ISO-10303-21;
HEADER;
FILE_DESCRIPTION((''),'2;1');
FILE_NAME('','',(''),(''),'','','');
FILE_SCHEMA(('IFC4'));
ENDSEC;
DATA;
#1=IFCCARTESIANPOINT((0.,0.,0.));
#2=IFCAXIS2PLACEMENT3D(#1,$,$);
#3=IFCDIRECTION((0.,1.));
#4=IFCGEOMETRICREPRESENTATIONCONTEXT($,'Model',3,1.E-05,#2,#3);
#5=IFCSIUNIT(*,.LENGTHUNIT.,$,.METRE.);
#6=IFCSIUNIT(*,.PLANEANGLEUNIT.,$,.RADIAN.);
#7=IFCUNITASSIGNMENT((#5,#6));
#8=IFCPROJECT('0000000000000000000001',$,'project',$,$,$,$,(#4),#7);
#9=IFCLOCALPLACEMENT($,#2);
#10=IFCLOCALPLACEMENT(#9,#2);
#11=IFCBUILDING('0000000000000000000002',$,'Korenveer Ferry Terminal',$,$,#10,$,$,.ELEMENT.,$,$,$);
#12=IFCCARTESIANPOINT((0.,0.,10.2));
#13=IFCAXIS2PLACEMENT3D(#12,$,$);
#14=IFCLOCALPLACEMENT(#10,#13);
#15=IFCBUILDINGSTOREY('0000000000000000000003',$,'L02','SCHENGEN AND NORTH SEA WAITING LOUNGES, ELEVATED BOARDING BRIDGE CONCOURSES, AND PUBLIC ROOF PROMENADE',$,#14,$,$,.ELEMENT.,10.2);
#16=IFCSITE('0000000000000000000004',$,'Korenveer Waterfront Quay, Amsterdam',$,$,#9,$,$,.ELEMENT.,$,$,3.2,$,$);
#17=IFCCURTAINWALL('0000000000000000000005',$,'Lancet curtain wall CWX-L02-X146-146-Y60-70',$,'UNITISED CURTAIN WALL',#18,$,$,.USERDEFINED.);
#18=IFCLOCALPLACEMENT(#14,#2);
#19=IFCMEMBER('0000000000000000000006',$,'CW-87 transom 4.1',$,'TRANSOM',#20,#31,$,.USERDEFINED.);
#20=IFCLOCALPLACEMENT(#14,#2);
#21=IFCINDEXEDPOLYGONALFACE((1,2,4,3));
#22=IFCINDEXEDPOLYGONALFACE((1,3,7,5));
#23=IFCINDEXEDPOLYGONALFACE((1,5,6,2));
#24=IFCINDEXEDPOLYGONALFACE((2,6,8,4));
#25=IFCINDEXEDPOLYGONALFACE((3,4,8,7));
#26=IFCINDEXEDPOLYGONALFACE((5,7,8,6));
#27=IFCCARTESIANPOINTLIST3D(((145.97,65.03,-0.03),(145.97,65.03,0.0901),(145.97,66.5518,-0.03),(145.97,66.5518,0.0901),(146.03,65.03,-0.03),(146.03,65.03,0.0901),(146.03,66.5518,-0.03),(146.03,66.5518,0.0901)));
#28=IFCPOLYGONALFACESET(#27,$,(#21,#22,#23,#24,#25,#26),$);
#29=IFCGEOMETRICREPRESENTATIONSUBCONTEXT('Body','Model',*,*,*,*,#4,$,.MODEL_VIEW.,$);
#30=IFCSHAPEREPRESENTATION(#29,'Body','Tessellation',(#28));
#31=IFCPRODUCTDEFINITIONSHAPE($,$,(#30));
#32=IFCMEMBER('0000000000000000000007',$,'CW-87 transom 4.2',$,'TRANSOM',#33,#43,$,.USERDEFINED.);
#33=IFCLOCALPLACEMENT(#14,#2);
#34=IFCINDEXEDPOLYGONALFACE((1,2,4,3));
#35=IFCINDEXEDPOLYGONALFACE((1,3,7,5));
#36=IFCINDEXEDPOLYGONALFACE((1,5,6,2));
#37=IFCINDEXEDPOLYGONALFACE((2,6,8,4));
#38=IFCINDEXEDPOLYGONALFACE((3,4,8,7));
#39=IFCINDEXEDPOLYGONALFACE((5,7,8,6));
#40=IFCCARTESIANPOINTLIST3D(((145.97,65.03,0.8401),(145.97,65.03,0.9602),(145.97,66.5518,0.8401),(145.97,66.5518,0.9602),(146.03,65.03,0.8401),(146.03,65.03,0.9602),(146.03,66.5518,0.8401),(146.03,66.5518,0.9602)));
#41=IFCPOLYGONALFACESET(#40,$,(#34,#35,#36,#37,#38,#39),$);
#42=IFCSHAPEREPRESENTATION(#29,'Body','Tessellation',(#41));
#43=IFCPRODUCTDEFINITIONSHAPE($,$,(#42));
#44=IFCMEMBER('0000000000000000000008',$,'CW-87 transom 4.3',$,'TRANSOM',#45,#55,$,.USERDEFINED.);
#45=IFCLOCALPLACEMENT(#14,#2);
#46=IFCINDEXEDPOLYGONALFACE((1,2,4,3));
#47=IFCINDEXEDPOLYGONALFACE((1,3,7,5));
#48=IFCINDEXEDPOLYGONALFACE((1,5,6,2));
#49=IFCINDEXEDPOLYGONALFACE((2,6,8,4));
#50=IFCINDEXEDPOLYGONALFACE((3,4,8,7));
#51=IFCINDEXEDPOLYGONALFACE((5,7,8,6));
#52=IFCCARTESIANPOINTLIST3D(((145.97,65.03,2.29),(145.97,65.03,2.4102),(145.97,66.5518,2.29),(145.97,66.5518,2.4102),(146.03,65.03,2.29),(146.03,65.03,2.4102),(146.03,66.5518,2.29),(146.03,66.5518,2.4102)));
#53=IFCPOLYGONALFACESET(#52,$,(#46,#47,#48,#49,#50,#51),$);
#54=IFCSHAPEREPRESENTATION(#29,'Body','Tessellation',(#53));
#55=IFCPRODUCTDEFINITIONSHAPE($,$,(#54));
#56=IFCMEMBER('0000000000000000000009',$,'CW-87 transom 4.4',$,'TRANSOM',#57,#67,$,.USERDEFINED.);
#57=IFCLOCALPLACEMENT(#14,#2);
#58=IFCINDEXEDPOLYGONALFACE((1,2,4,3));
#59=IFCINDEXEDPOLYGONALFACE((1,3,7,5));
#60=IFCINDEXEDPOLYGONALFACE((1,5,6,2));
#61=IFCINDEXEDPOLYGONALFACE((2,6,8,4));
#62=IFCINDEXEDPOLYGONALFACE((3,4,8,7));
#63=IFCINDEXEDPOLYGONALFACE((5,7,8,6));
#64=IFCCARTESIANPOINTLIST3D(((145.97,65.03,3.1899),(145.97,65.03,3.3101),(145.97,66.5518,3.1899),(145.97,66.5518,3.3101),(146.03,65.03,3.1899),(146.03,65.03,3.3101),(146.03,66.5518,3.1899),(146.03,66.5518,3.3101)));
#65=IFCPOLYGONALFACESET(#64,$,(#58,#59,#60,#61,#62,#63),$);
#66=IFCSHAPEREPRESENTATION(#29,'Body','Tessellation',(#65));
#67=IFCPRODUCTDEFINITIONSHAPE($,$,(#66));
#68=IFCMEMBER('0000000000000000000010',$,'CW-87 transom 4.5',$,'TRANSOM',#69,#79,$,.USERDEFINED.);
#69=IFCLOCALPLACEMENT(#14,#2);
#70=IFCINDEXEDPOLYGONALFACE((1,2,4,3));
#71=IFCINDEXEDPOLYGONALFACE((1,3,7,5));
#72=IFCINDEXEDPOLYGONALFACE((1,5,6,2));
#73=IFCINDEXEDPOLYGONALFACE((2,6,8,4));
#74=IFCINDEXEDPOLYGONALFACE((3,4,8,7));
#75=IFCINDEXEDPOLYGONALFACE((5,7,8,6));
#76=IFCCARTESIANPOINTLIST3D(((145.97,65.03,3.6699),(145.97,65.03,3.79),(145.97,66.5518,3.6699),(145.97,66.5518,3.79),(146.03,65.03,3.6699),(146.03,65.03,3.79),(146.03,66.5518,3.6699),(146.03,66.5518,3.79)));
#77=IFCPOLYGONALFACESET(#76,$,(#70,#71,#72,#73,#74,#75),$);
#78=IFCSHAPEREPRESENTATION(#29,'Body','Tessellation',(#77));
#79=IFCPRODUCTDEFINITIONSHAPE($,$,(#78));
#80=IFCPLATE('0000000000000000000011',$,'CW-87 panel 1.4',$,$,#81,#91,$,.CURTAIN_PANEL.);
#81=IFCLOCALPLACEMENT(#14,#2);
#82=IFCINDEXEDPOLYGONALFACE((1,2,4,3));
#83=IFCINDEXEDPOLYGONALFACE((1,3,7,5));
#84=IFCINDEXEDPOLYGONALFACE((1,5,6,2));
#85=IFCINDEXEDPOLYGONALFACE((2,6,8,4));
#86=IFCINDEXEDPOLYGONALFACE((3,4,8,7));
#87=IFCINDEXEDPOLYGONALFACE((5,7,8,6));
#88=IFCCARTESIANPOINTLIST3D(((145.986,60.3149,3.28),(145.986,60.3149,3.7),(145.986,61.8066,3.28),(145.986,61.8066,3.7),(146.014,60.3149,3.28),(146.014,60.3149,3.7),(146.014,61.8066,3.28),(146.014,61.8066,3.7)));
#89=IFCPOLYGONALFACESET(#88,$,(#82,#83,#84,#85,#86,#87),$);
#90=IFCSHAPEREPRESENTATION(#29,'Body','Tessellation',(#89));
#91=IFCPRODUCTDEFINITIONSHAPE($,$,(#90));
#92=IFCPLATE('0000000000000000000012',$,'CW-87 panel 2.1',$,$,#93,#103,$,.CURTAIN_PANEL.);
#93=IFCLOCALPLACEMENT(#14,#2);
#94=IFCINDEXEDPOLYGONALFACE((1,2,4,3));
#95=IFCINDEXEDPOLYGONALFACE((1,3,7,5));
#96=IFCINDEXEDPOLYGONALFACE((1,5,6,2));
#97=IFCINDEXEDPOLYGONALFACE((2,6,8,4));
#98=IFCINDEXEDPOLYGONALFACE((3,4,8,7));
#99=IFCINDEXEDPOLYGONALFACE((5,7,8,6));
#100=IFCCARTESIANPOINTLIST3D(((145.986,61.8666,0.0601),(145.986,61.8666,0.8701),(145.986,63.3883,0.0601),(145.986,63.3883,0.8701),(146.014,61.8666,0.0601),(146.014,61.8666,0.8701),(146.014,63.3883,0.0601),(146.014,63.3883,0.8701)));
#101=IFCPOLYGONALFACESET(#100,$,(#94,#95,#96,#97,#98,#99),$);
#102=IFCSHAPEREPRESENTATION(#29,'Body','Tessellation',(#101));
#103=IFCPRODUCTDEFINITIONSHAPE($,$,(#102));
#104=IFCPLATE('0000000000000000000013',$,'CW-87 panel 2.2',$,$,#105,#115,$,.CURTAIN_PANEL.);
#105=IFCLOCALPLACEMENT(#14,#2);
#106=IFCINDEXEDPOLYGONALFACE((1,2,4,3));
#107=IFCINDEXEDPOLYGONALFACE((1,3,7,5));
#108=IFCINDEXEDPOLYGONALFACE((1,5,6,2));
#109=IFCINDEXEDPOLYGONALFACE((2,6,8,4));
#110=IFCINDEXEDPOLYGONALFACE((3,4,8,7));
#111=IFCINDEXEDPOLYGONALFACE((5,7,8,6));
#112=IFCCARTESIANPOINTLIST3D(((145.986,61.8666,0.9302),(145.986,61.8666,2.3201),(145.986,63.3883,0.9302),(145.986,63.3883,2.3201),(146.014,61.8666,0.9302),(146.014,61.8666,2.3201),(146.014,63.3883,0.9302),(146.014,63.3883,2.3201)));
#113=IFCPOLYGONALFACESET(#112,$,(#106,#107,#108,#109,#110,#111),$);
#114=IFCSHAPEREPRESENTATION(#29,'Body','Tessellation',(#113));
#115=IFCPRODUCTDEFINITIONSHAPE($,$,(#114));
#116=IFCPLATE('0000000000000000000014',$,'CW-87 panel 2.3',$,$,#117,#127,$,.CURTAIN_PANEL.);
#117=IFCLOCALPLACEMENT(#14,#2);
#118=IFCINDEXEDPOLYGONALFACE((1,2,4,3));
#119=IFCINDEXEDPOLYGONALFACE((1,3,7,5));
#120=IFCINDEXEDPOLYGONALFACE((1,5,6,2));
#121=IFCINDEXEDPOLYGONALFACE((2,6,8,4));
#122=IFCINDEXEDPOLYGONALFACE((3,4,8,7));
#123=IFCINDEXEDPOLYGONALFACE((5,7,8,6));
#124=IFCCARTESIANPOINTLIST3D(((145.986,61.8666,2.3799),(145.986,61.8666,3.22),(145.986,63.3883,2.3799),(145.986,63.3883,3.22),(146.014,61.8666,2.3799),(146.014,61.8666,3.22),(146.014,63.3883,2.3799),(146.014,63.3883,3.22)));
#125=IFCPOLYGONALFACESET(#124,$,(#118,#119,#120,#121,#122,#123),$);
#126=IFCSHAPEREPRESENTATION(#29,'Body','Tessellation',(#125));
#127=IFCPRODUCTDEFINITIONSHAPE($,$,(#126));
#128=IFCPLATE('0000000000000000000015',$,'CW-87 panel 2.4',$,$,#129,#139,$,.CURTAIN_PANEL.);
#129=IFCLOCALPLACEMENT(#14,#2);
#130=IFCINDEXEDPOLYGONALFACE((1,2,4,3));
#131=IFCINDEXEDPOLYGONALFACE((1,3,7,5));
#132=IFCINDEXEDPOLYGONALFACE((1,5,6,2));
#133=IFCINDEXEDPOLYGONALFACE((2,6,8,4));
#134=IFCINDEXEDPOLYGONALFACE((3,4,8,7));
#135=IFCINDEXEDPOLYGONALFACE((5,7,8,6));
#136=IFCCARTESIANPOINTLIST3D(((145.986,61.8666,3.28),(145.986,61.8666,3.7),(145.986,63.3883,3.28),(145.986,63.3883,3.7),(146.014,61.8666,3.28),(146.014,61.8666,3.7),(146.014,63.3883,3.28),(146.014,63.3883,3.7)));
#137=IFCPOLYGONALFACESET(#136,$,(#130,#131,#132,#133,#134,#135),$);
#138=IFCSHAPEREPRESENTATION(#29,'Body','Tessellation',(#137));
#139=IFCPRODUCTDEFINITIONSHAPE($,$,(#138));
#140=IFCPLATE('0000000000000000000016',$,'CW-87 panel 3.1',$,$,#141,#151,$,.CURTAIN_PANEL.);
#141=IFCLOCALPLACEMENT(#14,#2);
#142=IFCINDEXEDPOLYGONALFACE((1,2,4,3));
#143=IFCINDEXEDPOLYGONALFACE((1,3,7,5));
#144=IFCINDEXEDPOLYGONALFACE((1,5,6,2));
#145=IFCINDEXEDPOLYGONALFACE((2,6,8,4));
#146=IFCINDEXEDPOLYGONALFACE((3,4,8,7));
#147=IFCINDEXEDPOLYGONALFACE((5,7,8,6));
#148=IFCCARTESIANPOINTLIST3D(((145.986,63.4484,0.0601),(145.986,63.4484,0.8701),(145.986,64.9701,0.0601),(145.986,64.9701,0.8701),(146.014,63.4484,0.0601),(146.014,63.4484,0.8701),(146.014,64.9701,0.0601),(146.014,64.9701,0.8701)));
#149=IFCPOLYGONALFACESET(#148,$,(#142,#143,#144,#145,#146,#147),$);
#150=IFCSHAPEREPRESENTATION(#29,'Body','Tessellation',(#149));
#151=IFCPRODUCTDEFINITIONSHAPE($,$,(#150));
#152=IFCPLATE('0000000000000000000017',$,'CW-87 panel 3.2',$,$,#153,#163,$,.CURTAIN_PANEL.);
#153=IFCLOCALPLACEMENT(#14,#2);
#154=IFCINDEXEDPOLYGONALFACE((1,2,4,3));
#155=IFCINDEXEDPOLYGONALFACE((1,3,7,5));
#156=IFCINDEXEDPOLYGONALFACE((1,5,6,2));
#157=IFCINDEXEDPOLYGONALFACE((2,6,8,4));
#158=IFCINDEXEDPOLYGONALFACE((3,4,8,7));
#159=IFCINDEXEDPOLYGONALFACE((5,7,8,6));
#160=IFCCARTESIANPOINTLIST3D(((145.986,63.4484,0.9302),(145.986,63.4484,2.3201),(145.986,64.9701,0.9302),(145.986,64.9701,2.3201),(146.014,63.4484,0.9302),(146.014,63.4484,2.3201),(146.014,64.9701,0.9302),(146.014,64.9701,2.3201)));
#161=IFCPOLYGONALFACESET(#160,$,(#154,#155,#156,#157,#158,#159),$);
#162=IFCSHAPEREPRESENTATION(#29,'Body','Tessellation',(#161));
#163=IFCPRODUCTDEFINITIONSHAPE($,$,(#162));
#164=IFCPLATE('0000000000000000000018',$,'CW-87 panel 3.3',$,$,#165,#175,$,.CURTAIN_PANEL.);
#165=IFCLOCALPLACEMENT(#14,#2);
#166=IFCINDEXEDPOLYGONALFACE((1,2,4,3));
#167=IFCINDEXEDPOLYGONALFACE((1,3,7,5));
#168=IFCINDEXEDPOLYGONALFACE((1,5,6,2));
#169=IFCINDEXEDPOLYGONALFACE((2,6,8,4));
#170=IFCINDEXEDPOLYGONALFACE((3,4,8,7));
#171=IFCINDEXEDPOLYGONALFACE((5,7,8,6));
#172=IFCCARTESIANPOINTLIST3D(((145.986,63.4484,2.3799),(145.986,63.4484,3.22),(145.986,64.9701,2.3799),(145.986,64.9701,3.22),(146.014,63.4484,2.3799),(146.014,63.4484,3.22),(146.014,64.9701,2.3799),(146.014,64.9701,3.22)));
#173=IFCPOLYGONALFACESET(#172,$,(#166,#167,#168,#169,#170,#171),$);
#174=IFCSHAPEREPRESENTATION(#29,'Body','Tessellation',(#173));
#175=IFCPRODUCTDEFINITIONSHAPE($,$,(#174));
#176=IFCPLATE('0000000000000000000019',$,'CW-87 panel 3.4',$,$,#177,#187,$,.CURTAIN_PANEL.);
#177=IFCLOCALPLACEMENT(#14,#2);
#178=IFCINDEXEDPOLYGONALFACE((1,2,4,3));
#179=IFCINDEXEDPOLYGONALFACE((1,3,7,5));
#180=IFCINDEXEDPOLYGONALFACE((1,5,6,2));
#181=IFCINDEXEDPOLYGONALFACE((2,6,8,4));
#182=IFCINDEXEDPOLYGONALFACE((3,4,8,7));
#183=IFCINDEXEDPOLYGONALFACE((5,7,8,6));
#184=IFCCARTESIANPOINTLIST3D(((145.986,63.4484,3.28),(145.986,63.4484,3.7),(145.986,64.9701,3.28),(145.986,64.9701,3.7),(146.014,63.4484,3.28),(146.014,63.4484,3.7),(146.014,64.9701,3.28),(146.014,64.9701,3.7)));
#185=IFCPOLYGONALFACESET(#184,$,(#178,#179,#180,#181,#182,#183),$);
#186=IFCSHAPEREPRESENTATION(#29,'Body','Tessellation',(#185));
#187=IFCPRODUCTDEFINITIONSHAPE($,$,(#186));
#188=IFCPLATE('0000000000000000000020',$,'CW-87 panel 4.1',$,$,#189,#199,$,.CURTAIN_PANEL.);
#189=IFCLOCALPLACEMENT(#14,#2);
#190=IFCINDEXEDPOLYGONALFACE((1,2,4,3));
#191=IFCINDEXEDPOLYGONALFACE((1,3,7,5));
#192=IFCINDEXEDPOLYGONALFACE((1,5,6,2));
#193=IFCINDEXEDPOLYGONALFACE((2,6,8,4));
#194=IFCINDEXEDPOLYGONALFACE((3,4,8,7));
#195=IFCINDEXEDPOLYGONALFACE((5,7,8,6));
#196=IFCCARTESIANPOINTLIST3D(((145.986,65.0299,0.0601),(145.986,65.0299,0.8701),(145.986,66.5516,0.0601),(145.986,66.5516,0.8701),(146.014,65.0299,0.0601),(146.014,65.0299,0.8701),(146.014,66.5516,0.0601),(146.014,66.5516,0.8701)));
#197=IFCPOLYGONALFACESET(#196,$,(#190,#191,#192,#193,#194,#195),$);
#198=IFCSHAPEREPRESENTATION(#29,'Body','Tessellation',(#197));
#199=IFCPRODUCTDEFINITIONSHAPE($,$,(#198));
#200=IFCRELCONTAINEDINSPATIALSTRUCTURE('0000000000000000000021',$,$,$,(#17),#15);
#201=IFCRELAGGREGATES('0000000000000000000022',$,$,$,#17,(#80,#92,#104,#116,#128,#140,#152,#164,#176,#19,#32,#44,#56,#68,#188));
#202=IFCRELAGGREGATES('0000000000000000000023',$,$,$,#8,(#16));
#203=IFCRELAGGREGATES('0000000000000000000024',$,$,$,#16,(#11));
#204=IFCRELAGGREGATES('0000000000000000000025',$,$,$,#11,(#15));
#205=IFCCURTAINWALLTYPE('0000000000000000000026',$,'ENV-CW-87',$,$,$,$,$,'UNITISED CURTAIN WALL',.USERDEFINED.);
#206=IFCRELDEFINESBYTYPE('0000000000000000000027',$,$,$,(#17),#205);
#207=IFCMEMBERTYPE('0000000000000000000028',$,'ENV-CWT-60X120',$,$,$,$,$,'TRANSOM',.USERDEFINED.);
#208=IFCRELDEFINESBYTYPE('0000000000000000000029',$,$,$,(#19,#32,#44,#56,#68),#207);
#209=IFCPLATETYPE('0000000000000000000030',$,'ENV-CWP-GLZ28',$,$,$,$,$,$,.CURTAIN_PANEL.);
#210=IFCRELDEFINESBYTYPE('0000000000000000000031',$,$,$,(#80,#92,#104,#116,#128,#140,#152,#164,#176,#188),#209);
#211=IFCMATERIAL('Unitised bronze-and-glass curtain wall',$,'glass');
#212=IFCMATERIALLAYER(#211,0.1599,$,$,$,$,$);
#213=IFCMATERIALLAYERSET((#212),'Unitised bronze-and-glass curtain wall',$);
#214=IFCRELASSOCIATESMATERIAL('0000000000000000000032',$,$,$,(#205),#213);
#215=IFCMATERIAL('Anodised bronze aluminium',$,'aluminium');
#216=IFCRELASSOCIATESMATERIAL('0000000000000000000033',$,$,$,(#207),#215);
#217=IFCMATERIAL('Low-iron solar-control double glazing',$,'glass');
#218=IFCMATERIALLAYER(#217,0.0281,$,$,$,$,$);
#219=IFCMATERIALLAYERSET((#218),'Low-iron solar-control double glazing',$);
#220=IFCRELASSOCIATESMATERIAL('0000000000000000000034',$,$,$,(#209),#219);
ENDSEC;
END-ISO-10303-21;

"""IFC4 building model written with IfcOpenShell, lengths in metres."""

from ifc_helpers import new_model, si_unit, direction, frame, origin, origin_2d, place, context, subcontext, project, spatial, rectangle, extrude, material, layer, layer_set, material_profile, profile_set, type_object, element, aggregate, save


model = new_model("IFC4")

# Units and contexts
model_context = context("Model", 3, precision=1e-05, world=origin(), true_north=direction((0.0, 1.0)))
body_context = subcontext(model_context, "Body", "Model", "MODEL_VIEW")
ifc_project = project(units=[si_unit("LENGTHUNIT", "METRE"), si_unit("PLANEANGLEUNIT", "RADIAN")], contexts=[model_context])

# Site, building, storey
site_placement = place(None, origin())
site = spatial("IfcSite", under=ifc_project, at=site_placement, Name="Korenveer Waterfront Quay, Amsterdam", CompositionType="ELEMENT", RefElevation=3.2)
building_placement = place(site_placement, origin())
building = spatial("IfcBuilding", under=site, at=building_placement, Name="Korenveer Ferry Terminal", CompositionType="ELEMENT")
storey_placement = place(building_placement, frame((0.0, 0.0, 10.2)))
storey = spatial("IfcBuildingStorey", under=building, at=storey_placement, Name="L02", Description="SCHENGEN AND NORTH SEA WAITING LOUNGES, ELEVATED BOARDING BRIDGE CONCOURSES, AND PUBLIC ROOF PROMENADE", CompositionType="ELEMENT", Elevation=10.2)

# Curtain wall, members, plates
ifc_material_1 = material(Name="Unitised bronze-and-glass curtain wall", Category="glass")
ifc_layer_1 = layer(ifc_material_1, 0.1599)
ifc_layer_set_1 = layer_set([ifc_layer_1], Name="Unitised bronze-and-glass curtain wall")
curtain_wall_type = type_object("IfcCurtainWallType", Name="ENV-CW-87", ElementType="UNITISED CURTAIN WALL", PredefinedType="USERDEFINED", material=ifc_layer_set_1)
curtain_wall_placement = place(storey_placement, frame((146.0, 60.2549, 0.0)))
curtain_wall = element("IfcCurtainWall", 1, at=curtain_wall_placement, inside=storey, type_object=curtain_wall_type, Name="Lancet curtain wall CWX-L02-X146-146-Y60-70", ObjectType="UNITISED CURTAIN WALL", PredefinedType="USERDEFINED")
ifc_material_2 = material(Name="Anodised bronze aluminium", Category="aluminium")
ifc_material_profile_1 = material_profile(ifc_material_2, rectangle(XDim=0.0601, YDim=0.1201, at=origin_2d()), Name="ALU 60x120")
ifc_profile_set_1 = profile_set([ifc_material_profile_1], Name="Anodised bronze aluminium")
member_type_1 = type_object("IfcMemberType", Name="ENV-CWT-60X120", ElementType="TRANSOM", PredefinedType="USERDEFINED", material=ifc_profile_set_1)
member_1_placement = place(storey_placement, frame((146.0, 65.03, 0.03), z_axis=(0.0, 1.0, 0.0), x_axis=(-1.0, 0.0, 0.0)))
member_1 = element("IfcMember", 2, at=member_1_placement, type_object=member_type_1, Name="CW-87 transom 4.1", ObjectType="TRANSOM", PredefinedType="USERDEFINED", context=body_context, shape_type="SweptSolid", body=[
    extrude(rectangle(XDim=0.0601, YDim=0.1201, at=origin_2d()), origin(), (0.0, 0.0, 1.0), 1.5217),
])
member_2_placement = place(storey_placement, frame((146.0, 65.03, 0.9001), z_axis=(0.0, 1.0, 0.0), x_axis=(-1.0, 0.0, 0.0)))
member_2 = element("IfcMember", 3, at=member_2_placement, type_object=member_type_1, Name="CW-87 transom 4.2", ObjectType="TRANSOM", PredefinedType="USERDEFINED", context=body_context, shape_type="SweptSolid", body=[
    extrude(rectangle(XDim=0.0601, YDim=0.1201, at=origin_2d()), origin(), (0.0, 0.0, 1.0), 1.5217),
])
member_3_placement = place(storey_placement, frame((146.0, 65.03, 2.3501), z_axis=(0.0, 1.0, 0.0), x_axis=(-1.0, 0.0, 0.0)))
member_3 = element("IfcMember", 4, at=member_3_placement, type_object=member_type_1, Name="CW-87 transom 4.3", ObjectType="TRANSOM", PredefinedType="USERDEFINED", context=body_context, shape_type="SweptSolid", body=[
    extrude(rectangle(XDim=0.0601, YDim=0.1201, at=origin_2d()), origin(), (0.0, 0.0, 1.0), 1.5217),
])
member_4_placement = place(storey_placement, frame((146.0, 65.03, 3.25), z_axis=(0.0, 1.0, 0.0), x_axis=(-1.0, 0.0, 0.0)))
member_4 = element("IfcMember", 5, at=member_4_placement, type_object=member_type_1, Name="CW-87 transom 4.4", ObjectType="TRANSOM", PredefinedType="USERDEFINED", context=body_context, shape_type="SweptSolid", body=[
    extrude(rectangle(XDim=0.0601, YDim=0.1201, at=origin_2d()), origin(), (0.0, 0.0, 1.0), 1.5217),
])
member_5_placement = place(storey_placement, frame((146.0, 65.03, 3.73), z_axis=(0.0, 1.0, 0.0), x_axis=(-1.0, 0.0, 0.0)))
member_5 = element("IfcMember", 6, at=member_5_placement, type_object=member_type_1, Name="CW-87 transom 4.5", ObjectType="TRANSOM", PredefinedType="USERDEFINED", context=body_context, shape_type="SweptSolid", body=[
    extrude(rectangle(XDim=0.0601, YDim=0.1201, at=origin_2d()), origin(), (0.0, 0.0, 1.0), 1.5217),
])
ifc_material_3 = material(Name="Low-iron solar-control double glazing", Category="glass")
ifc_layer_2 = layer(ifc_material_3, 0.0281)
ifc_layer_set_2 = layer_set([ifc_layer_2], Name="Low-iron solar-control double glazing")
plate_type = type_object("IfcPlateType", Name="ENV-CWP-GLZ28", PredefinedType="CURTAIN_PANEL", material=ifc_layer_set_2)
plate_1_placement = place(storey_placement, frame((146.0, 61.0608, 3.28), z_axis=(0.0, 0.0, 1.0), x_axis=(0.0, 1.0, 0.0)))
plate_1 = element("IfcPlate", 7, at=plate_1_placement, type_object=plate_type, Name="CW-87 panel 1.4", PredefinedType="CURTAIN_PANEL", context=body_context, shape_type="SweptSolid", body=[
    extrude(rectangle(XDim=1.4917, YDim=0.0281, at=origin_2d()), origin(), (0.0, 0.0, 1.0), 0.4199),
])
plate_2_placement = place(storey_placement, frame((146.0, 62.6274, 0.0601), z_axis=(0.0, 0.0, 1.0), x_axis=(0.0, 1.0, 0.0)))
plate_2 = element("IfcPlate", 8, at=plate_2_placement, type_object=plate_type, Name="CW-87 panel 2.1", PredefinedType="CURTAIN_PANEL", context=body_context, shape_type="SweptSolid", body=[
    extrude(rectangle(XDim=1.5217, YDim=0.0281, at=origin_2d()), origin(), (0.0, 0.0, 1.0), 0.8101),
])
plate_3_placement = place(storey_placement, frame((146.0, 62.6274, 0.9302), z_axis=(0.0, 0.0, 1.0), x_axis=(0.0, 1.0, 0.0)))
plate_3 = element("IfcPlate", 9, at=plate_3_placement, type_object=plate_type, Name="CW-87 panel 2.2", PredefinedType="CURTAIN_PANEL", context=body_context, shape_type="SweptSolid", body=[
    extrude(rectangle(XDim=1.5217, YDim=0.0281, at=origin_2d()), origin(), (0.0, 0.0, 1.0), 1.3899),
])
plate_4_placement = place(storey_placement, frame((146.0, 62.6274, 2.3799), z_axis=(0.0, 0.0, 1.0), x_axis=(0.0, 1.0, 0.0)))
plate_4 = element("IfcPlate", 10, at=plate_4_placement, type_object=plate_type, Name="CW-87 panel 2.3", PredefinedType="CURTAIN_PANEL", context=body_context, shape_type="SweptSolid", body=[
    extrude(rectangle(XDim=1.5217, YDim=0.0281, at=origin_2d()), origin(), (0.0, 0.0, 1.0), 0.8401),
])
plate_5_placement = place(storey_placement, frame((146.0, 62.6274, 3.28), z_axis=(0.0, 0.0, 1.0), x_axis=(0.0, 1.0, 0.0)))
plate_5 = element("IfcPlate", 11, at=plate_5_placement, type_object=plate_type, Name="CW-87 panel 2.4", PredefinedType="CURTAIN_PANEL", context=body_context, shape_type="SweptSolid", body=[
    extrude(rectangle(XDim=1.5217, YDim=0.0281, at=origin_2d()), origin(), (0.0, 0.0, 1.0), 0.4199),
])
plate_6_placement = place(storey_placement, frame((146.0, 64.2092, 0.0601), z_axis=(0.0, 0.0, 1.0), x_axis=(0.0, 1.0, 0.0)))
plate_6 = element("IfcPlate", 12, at=plate_6_placement, type_object=plate_type, Name="CW-87 panel 3.1", PredefinedType="CURTAIN_PANEL", context=body_context, shape_type="SweptSolid", body=[
    extrude(rectangle(XDim=1.5217, YDim=0.0281, at=origin_2d()), origin(), (0.0, 0.0, 1.0), 0.8101),
])
plate_7_placement = place(storey_placement, frame((146.0, 64.2092, 0.9302), z_axis=(0.0, 0.0, 1.0), x_axis=(0.0, 1.0, 0.0)))
plate_7 = element("IfcPlate", 13, at=plate_7_placement, type_object=plate_type, Name="CW-87 panel 3.2", PredefinedType="CURTAIN_PANEL", context=body_context, shape_type="SweptSolid", body=[
    extrude(rectangle(XDim=1.5217, YDim=0.0281, at=origin_2d()), origin(), (0.0, 0.0, 1.0), 1.3899),
])
plate_8_placement = place(storey_placement, frame((146.0, 64.2092, 2.3799), z_axis=(0.0, 0.0, 1.0), x_axis=(0.0, 1.0, 0.0)))
plate_8 = element("IfcPlate", 14, at=plate_8_placement, type_object=plate_type, Name="CW-87 panel 3.3", PredefinedType="CURTAIN_PANEL", context=body_context, shape_type="SweptSolid", body=[
    extrude(rectangle(XDim=1.5217, YDim=0.0281, at=origin_2d()), origin(), (0.0, 0.0, 1.0), 0.8401),
])
plate_9_placement = place(storey_placement, frame((146.0, 64.2092, 3.28), z_axis=(0.0, 0.0, 1.0), x_axis=(0.0, 1.0, 0.0)))
plate_9 = element("IfcPlate", 15, at=plate_9_placement, type_object=plate_type, Name="CW-87 panel 3.4", PredefinedType="CURTAIN_PANEL", context=body_context, shape_type="SweptSolid", body=[
    extrude(rectangle(XDim=1.5217, YDim=0.0281, at=origin_2d()), origin(), (0.0, 0.0, 1.0), 0.4199),
])
plate_10_placement = place(storey_placement, frame((146.0, 65.7908, 0.0601), z_axis=(0.0, 0.0, 1.0), x_axis=(0.0, 1.0, 0.0)))
plate_10 = element("IfcPlate", 16, at=plate_10_placement, type_object=plate_type, Name="CW-87 panel 4.1", PredefinedType="CURTAIN_PANEL", context=body_context, shape_type="SweptSolid", body=[
    extrude(rectangle(XDim=1.5217, YDim=0.0281, at=origin_2d()), origin(), (0.0, 0.0, 1.0), 0.8101),
])
aggregate(curtain_wall, [plate_1, plate_2, plate_3, plate_4, plate_5, plate_6, plate_7, plate_8, plate_9, member_1, member_2, member_3, member_4, member_5, plate_10])

save(model, "model.ifc")
